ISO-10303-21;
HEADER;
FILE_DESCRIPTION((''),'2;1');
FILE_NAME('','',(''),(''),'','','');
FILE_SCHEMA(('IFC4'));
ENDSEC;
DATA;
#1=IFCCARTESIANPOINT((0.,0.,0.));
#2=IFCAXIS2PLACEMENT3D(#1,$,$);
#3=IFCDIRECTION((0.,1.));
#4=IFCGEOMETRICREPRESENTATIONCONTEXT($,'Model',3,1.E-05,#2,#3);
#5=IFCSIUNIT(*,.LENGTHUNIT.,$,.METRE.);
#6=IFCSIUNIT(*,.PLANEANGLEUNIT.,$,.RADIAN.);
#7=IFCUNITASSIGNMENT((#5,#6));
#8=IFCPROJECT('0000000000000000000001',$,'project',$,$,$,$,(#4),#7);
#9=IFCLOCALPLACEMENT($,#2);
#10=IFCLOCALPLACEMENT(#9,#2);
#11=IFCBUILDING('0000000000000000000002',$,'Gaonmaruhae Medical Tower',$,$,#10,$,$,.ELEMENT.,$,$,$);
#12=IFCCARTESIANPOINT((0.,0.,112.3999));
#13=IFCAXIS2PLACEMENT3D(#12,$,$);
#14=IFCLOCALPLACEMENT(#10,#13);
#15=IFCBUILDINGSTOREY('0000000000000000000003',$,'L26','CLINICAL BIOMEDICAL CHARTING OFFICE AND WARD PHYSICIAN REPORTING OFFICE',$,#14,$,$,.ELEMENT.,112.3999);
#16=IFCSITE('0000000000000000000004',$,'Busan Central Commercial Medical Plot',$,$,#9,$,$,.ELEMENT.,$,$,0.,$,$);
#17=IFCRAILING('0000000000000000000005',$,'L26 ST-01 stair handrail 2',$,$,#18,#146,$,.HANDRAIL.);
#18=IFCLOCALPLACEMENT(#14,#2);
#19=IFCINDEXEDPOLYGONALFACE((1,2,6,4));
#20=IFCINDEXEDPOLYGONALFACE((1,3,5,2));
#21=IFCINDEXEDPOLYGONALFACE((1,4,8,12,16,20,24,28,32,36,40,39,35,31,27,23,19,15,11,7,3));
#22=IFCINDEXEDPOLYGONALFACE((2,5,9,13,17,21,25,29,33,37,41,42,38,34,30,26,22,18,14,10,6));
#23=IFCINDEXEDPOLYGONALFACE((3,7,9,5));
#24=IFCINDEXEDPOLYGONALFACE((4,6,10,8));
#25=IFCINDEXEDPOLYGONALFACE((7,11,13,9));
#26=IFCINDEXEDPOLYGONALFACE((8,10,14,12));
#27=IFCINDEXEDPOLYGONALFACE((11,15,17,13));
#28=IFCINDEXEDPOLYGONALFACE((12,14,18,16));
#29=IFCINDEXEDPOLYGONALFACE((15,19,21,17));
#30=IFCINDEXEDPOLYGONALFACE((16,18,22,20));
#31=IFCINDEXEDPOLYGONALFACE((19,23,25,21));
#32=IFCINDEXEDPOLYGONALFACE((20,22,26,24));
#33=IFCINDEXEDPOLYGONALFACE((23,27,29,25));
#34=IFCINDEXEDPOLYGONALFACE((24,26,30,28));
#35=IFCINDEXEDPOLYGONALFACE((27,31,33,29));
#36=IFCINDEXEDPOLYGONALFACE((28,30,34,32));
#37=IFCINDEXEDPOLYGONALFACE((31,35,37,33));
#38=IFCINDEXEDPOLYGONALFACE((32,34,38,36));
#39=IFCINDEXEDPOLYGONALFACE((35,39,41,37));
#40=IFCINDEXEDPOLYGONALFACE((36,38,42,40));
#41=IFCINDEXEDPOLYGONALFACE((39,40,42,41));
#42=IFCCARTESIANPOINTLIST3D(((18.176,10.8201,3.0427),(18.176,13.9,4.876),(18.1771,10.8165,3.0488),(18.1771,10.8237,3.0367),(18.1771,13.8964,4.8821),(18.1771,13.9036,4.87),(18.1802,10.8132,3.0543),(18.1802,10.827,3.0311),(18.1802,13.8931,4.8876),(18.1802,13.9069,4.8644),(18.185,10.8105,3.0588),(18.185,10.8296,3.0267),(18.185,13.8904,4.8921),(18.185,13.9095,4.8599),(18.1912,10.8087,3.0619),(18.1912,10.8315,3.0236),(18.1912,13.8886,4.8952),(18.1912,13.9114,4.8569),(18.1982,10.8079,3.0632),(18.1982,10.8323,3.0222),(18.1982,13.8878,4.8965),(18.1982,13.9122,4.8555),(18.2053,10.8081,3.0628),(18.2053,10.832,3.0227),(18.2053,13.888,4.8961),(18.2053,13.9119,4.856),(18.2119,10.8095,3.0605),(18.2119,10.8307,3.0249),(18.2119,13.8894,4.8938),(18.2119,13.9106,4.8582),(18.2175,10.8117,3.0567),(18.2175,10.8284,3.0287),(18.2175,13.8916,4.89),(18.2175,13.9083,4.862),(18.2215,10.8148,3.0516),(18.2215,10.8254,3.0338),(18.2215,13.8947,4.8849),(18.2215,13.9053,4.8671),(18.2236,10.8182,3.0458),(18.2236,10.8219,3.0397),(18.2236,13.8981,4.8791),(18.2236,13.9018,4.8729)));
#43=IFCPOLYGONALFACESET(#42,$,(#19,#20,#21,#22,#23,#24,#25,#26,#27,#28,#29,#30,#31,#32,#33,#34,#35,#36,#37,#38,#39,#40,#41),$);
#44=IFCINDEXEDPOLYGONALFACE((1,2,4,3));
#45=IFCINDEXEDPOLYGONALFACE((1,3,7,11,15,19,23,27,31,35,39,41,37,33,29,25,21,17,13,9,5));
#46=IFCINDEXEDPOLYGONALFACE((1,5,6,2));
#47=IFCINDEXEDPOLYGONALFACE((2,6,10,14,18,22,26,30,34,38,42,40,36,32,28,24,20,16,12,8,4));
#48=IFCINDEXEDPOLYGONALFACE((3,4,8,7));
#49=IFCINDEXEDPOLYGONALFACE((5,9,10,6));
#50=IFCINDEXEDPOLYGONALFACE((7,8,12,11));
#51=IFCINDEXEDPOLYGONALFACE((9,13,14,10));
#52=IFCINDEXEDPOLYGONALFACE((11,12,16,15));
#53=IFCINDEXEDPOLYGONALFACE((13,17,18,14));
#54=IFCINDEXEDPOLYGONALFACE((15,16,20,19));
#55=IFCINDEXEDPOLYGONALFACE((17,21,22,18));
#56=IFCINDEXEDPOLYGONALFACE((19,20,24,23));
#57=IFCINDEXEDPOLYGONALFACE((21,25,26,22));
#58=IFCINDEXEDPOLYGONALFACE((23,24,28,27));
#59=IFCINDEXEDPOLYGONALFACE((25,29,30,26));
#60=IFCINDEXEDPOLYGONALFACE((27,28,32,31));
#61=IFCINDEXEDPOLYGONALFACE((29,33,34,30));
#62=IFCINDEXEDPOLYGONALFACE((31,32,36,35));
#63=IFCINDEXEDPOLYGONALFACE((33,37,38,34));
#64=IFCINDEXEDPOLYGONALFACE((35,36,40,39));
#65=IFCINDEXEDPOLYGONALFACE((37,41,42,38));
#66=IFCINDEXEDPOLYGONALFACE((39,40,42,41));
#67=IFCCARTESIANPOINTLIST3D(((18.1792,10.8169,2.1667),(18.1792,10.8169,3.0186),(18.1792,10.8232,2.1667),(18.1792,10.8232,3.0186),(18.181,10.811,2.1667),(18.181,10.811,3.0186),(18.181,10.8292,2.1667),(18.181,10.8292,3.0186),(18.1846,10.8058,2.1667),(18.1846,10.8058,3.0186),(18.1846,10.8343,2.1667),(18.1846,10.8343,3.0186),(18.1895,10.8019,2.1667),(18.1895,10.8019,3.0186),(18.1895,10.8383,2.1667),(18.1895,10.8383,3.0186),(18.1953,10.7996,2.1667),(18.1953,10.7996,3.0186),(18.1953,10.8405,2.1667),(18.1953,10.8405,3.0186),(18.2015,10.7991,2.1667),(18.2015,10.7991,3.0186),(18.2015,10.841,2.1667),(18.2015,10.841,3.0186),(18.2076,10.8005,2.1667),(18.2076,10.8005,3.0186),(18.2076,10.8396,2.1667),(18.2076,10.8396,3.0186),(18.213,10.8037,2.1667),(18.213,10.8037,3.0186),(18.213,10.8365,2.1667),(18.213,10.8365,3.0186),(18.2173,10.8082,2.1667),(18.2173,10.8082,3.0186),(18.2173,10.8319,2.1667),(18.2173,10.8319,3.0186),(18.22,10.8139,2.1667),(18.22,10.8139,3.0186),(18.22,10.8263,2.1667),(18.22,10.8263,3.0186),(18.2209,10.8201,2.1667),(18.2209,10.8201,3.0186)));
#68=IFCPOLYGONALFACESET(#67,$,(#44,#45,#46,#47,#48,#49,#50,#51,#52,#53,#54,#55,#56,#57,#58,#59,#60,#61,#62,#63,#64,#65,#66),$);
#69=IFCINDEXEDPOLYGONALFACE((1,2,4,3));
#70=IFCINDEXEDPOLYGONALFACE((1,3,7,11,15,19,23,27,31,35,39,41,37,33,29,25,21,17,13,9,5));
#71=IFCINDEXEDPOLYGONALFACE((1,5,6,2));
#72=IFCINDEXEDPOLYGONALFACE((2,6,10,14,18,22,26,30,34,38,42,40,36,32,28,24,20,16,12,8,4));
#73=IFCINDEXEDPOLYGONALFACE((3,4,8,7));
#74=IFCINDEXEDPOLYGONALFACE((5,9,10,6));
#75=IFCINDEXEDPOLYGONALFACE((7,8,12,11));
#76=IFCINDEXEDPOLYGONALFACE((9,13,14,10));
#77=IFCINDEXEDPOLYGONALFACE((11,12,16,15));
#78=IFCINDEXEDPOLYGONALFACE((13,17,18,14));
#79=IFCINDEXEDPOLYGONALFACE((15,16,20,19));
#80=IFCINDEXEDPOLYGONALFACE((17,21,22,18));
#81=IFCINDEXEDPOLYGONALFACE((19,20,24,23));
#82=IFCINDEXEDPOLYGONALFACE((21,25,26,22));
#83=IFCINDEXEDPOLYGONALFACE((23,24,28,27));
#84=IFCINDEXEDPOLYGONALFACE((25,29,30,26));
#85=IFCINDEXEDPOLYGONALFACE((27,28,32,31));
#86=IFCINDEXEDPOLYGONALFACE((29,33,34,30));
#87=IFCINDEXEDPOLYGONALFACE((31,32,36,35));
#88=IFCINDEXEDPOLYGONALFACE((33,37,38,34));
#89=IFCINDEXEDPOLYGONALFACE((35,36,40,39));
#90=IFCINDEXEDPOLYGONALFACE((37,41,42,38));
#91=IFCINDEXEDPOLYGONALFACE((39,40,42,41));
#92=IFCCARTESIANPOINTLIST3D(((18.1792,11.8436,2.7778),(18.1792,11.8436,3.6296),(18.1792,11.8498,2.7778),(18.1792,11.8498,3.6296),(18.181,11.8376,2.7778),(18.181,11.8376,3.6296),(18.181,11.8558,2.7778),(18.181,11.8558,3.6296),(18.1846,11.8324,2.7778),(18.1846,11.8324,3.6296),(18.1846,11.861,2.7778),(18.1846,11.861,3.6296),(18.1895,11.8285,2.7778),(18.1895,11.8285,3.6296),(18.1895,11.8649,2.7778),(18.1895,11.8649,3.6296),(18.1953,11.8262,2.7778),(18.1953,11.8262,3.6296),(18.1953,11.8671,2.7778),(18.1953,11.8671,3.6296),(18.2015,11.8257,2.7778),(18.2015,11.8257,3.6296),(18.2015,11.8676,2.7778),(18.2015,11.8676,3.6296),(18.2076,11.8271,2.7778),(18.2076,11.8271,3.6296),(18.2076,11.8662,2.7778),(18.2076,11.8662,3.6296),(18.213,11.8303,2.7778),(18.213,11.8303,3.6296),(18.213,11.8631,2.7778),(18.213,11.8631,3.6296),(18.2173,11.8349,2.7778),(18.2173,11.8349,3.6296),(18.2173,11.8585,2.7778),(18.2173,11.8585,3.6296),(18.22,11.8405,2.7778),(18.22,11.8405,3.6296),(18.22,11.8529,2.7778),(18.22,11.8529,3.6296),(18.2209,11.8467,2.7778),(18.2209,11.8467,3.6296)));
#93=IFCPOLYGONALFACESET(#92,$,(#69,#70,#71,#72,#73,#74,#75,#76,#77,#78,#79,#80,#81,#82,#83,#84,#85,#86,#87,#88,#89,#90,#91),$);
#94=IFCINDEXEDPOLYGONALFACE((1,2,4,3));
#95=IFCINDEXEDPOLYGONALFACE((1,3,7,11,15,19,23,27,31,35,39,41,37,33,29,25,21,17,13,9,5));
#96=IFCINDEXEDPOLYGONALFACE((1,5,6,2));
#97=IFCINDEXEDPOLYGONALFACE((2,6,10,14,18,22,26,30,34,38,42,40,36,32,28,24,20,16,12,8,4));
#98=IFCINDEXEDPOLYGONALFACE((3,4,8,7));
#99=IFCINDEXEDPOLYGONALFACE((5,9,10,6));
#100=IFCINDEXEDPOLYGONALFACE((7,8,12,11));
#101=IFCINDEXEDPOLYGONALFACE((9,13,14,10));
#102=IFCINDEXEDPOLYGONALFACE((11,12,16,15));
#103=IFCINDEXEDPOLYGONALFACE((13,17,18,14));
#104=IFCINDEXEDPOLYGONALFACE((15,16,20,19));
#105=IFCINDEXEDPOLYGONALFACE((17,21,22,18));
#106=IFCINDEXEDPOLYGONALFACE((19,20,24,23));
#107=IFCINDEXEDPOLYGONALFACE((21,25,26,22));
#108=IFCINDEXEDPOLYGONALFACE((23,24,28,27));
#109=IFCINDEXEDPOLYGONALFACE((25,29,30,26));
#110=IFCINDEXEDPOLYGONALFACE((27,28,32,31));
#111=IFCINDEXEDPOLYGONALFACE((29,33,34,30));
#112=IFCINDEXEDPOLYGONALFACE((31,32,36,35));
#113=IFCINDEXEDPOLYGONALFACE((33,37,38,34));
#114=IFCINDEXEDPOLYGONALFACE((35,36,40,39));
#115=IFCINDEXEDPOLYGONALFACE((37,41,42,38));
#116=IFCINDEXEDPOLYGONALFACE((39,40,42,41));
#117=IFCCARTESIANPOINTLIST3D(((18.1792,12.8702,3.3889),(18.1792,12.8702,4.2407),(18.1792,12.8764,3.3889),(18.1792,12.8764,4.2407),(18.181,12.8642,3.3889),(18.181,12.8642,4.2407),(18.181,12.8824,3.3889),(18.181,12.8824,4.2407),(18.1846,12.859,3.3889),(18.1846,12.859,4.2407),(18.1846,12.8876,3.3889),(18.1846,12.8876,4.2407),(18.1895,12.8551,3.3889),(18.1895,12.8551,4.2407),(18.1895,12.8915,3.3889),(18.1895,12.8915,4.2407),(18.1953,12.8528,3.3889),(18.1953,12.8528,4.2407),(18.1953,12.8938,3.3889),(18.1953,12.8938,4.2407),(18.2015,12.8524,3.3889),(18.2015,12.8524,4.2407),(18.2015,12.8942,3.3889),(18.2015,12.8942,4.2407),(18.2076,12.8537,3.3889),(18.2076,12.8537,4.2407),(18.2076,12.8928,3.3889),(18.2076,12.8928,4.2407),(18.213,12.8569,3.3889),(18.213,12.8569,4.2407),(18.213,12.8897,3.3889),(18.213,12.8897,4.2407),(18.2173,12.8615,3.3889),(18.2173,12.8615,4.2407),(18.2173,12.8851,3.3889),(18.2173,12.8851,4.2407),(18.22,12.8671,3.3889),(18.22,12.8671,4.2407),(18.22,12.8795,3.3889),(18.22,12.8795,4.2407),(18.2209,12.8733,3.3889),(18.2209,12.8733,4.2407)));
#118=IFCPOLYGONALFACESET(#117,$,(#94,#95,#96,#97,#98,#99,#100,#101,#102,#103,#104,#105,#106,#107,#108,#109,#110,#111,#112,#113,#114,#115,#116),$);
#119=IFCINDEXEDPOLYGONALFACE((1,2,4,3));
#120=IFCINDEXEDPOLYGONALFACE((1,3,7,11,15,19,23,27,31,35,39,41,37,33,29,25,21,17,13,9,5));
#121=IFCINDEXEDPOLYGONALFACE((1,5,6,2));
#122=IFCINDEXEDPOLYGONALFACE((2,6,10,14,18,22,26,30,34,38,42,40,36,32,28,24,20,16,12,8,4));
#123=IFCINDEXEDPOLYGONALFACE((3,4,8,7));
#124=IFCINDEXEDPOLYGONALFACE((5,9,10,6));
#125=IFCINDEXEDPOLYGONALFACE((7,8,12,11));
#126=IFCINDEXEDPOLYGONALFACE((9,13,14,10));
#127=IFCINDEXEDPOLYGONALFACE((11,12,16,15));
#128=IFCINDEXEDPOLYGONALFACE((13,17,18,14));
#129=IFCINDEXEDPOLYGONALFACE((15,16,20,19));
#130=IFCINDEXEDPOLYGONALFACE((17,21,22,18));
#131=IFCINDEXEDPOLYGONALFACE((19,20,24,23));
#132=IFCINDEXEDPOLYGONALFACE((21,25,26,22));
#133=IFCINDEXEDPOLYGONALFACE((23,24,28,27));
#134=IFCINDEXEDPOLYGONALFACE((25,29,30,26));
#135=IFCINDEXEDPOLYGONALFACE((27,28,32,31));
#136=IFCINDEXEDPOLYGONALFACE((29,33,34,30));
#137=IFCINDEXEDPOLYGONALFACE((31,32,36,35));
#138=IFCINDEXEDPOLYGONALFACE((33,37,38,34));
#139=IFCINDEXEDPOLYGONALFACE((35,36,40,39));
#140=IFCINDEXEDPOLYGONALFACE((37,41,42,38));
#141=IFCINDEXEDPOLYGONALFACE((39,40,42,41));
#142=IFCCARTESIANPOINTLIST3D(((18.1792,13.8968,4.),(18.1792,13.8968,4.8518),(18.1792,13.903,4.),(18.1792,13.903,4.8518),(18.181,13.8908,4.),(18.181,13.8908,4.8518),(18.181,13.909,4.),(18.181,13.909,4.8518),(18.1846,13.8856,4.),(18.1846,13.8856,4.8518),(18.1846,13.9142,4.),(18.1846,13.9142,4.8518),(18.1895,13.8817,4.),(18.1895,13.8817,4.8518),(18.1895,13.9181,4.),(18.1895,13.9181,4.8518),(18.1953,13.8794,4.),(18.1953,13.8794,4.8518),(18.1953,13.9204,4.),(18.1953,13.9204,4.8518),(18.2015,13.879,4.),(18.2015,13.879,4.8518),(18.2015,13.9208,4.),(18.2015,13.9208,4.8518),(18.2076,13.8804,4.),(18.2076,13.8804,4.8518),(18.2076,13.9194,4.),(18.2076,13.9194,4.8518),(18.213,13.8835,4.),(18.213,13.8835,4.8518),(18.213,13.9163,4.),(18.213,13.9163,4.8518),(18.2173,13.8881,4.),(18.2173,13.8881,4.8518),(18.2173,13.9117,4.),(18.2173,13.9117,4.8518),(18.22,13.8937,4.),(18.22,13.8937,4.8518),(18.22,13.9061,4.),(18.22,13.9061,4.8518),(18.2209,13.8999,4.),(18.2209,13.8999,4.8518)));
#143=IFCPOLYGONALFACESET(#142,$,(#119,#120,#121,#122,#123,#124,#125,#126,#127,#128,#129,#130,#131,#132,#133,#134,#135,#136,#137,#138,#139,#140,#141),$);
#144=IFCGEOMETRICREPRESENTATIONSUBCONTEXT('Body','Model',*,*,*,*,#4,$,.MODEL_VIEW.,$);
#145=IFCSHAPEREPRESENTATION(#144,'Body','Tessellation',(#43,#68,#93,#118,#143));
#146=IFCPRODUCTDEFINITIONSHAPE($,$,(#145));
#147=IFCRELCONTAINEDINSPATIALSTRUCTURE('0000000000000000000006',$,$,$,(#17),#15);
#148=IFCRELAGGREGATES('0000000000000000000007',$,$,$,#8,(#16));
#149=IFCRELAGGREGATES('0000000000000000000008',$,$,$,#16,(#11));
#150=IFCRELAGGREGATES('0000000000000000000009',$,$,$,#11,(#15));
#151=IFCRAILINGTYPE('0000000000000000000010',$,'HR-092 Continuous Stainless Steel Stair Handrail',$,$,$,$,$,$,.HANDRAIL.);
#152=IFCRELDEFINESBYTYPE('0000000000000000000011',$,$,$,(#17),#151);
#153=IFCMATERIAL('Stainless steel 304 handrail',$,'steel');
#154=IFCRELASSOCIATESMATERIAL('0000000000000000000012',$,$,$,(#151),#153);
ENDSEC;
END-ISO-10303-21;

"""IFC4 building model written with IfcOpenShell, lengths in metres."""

from ifc_helpers import new_model, si_unit, direction, frame, origin, origin_2d, place, context, subcontext, project, spatial, circle, extrude, material, type_object, element, save


model = new_model("IFC4")

# Units and contexts
model_context = context("Model", 3, precision=1e-05, world=origin(), true_north=direction((0.0, 1.0)))
body_context = subcontext(model_context, "Body", "Model", "MODEL_VIEW")
ifc_project = project(units=[si_unit("LENGTHUNIT", "METRE"), si_unit("PLANEANGLEUNIT", "RADIAN")], contexts=[model_context])

# Site, building, storey
site_placement = place(None, origin())
site = spatial("IfcSite", under=ifc_project, at=site_placement, Name="Busan Central Commercial Medical Plot", CompositionType="ELEMENT", RefElevation=0.0)
building_placement = place(site_placement, origin())
building = spatial("IfcBuilding", under=site, at=building_placement, Name="Gaonmaruhae Medical Tower", CompositionType="ELEMENT")
storey_placement = place(building_placement, frame((0.0, 0.0, 112.3999)))
storey = spatial("IfcBuildingStorey", under=building, at=storey_placement, Name="L26", Description="CLINICAL BIOMEDICAL CHARTING OFFICE AND WARD PHYSICIAN REPORTING OFFICE", CompositionType="ELEMENT", Elevation=112.3999)

# Railing
ifc_material_1 = material(Name="Stainless steel 304 handrail", Category="steel")
railing_type_1 = type_object("IfcRailingType", Name="HR-092 Continuous Stainless Steel Stair Handrail", PredefinedType="HANDRAIL", material=ifc_material_1)
railing_1_placement = place(storey_placement, frame((18.2, 10.8201, 2.1667)))
element("IfcRailing", 1, at=railing_1_placement, inside=storey, type_object=railing_type_1, Name="L26 ST-01 stair handrail 2", PredefinedType="HANDRAIL", context=body_context, shape_type="SweptSolid", body=[
    extrude(circle(Radius=0.0239, at=origin_2d()), frame((0.0, 0.0, 0.876), z_axis=(0.0, 0.859291, 0.511487), x_axis=(-1.0, 0.0, 0.0)), (0.0, 0.0, 1.0), 3.5842),
    extrude(circle(Radius=0.021, at=origin_2d()), origin(), (0.0, 0.0, 1.0), 0.8518),
    extrude(circle(Radius=0.021, at=origin_2d()), frame((0.0, 1.0266, 0.6111)), (0.0, 0.0, 1.0), 0.8518),
    extrude(circle(Radius=0.021, at=origin_2d()), frame((0.0, 2.0532, 1.2222)), (0.0, 0.0, 1.0), 0.8518),
    extrude(circle(Radius=0.021, at=origin_2d()), frame((0.0, 3.0798, 1.8333)), (0.0, 0.0, 1.0), 0.8518),
])

save(model, "model.ifc")
